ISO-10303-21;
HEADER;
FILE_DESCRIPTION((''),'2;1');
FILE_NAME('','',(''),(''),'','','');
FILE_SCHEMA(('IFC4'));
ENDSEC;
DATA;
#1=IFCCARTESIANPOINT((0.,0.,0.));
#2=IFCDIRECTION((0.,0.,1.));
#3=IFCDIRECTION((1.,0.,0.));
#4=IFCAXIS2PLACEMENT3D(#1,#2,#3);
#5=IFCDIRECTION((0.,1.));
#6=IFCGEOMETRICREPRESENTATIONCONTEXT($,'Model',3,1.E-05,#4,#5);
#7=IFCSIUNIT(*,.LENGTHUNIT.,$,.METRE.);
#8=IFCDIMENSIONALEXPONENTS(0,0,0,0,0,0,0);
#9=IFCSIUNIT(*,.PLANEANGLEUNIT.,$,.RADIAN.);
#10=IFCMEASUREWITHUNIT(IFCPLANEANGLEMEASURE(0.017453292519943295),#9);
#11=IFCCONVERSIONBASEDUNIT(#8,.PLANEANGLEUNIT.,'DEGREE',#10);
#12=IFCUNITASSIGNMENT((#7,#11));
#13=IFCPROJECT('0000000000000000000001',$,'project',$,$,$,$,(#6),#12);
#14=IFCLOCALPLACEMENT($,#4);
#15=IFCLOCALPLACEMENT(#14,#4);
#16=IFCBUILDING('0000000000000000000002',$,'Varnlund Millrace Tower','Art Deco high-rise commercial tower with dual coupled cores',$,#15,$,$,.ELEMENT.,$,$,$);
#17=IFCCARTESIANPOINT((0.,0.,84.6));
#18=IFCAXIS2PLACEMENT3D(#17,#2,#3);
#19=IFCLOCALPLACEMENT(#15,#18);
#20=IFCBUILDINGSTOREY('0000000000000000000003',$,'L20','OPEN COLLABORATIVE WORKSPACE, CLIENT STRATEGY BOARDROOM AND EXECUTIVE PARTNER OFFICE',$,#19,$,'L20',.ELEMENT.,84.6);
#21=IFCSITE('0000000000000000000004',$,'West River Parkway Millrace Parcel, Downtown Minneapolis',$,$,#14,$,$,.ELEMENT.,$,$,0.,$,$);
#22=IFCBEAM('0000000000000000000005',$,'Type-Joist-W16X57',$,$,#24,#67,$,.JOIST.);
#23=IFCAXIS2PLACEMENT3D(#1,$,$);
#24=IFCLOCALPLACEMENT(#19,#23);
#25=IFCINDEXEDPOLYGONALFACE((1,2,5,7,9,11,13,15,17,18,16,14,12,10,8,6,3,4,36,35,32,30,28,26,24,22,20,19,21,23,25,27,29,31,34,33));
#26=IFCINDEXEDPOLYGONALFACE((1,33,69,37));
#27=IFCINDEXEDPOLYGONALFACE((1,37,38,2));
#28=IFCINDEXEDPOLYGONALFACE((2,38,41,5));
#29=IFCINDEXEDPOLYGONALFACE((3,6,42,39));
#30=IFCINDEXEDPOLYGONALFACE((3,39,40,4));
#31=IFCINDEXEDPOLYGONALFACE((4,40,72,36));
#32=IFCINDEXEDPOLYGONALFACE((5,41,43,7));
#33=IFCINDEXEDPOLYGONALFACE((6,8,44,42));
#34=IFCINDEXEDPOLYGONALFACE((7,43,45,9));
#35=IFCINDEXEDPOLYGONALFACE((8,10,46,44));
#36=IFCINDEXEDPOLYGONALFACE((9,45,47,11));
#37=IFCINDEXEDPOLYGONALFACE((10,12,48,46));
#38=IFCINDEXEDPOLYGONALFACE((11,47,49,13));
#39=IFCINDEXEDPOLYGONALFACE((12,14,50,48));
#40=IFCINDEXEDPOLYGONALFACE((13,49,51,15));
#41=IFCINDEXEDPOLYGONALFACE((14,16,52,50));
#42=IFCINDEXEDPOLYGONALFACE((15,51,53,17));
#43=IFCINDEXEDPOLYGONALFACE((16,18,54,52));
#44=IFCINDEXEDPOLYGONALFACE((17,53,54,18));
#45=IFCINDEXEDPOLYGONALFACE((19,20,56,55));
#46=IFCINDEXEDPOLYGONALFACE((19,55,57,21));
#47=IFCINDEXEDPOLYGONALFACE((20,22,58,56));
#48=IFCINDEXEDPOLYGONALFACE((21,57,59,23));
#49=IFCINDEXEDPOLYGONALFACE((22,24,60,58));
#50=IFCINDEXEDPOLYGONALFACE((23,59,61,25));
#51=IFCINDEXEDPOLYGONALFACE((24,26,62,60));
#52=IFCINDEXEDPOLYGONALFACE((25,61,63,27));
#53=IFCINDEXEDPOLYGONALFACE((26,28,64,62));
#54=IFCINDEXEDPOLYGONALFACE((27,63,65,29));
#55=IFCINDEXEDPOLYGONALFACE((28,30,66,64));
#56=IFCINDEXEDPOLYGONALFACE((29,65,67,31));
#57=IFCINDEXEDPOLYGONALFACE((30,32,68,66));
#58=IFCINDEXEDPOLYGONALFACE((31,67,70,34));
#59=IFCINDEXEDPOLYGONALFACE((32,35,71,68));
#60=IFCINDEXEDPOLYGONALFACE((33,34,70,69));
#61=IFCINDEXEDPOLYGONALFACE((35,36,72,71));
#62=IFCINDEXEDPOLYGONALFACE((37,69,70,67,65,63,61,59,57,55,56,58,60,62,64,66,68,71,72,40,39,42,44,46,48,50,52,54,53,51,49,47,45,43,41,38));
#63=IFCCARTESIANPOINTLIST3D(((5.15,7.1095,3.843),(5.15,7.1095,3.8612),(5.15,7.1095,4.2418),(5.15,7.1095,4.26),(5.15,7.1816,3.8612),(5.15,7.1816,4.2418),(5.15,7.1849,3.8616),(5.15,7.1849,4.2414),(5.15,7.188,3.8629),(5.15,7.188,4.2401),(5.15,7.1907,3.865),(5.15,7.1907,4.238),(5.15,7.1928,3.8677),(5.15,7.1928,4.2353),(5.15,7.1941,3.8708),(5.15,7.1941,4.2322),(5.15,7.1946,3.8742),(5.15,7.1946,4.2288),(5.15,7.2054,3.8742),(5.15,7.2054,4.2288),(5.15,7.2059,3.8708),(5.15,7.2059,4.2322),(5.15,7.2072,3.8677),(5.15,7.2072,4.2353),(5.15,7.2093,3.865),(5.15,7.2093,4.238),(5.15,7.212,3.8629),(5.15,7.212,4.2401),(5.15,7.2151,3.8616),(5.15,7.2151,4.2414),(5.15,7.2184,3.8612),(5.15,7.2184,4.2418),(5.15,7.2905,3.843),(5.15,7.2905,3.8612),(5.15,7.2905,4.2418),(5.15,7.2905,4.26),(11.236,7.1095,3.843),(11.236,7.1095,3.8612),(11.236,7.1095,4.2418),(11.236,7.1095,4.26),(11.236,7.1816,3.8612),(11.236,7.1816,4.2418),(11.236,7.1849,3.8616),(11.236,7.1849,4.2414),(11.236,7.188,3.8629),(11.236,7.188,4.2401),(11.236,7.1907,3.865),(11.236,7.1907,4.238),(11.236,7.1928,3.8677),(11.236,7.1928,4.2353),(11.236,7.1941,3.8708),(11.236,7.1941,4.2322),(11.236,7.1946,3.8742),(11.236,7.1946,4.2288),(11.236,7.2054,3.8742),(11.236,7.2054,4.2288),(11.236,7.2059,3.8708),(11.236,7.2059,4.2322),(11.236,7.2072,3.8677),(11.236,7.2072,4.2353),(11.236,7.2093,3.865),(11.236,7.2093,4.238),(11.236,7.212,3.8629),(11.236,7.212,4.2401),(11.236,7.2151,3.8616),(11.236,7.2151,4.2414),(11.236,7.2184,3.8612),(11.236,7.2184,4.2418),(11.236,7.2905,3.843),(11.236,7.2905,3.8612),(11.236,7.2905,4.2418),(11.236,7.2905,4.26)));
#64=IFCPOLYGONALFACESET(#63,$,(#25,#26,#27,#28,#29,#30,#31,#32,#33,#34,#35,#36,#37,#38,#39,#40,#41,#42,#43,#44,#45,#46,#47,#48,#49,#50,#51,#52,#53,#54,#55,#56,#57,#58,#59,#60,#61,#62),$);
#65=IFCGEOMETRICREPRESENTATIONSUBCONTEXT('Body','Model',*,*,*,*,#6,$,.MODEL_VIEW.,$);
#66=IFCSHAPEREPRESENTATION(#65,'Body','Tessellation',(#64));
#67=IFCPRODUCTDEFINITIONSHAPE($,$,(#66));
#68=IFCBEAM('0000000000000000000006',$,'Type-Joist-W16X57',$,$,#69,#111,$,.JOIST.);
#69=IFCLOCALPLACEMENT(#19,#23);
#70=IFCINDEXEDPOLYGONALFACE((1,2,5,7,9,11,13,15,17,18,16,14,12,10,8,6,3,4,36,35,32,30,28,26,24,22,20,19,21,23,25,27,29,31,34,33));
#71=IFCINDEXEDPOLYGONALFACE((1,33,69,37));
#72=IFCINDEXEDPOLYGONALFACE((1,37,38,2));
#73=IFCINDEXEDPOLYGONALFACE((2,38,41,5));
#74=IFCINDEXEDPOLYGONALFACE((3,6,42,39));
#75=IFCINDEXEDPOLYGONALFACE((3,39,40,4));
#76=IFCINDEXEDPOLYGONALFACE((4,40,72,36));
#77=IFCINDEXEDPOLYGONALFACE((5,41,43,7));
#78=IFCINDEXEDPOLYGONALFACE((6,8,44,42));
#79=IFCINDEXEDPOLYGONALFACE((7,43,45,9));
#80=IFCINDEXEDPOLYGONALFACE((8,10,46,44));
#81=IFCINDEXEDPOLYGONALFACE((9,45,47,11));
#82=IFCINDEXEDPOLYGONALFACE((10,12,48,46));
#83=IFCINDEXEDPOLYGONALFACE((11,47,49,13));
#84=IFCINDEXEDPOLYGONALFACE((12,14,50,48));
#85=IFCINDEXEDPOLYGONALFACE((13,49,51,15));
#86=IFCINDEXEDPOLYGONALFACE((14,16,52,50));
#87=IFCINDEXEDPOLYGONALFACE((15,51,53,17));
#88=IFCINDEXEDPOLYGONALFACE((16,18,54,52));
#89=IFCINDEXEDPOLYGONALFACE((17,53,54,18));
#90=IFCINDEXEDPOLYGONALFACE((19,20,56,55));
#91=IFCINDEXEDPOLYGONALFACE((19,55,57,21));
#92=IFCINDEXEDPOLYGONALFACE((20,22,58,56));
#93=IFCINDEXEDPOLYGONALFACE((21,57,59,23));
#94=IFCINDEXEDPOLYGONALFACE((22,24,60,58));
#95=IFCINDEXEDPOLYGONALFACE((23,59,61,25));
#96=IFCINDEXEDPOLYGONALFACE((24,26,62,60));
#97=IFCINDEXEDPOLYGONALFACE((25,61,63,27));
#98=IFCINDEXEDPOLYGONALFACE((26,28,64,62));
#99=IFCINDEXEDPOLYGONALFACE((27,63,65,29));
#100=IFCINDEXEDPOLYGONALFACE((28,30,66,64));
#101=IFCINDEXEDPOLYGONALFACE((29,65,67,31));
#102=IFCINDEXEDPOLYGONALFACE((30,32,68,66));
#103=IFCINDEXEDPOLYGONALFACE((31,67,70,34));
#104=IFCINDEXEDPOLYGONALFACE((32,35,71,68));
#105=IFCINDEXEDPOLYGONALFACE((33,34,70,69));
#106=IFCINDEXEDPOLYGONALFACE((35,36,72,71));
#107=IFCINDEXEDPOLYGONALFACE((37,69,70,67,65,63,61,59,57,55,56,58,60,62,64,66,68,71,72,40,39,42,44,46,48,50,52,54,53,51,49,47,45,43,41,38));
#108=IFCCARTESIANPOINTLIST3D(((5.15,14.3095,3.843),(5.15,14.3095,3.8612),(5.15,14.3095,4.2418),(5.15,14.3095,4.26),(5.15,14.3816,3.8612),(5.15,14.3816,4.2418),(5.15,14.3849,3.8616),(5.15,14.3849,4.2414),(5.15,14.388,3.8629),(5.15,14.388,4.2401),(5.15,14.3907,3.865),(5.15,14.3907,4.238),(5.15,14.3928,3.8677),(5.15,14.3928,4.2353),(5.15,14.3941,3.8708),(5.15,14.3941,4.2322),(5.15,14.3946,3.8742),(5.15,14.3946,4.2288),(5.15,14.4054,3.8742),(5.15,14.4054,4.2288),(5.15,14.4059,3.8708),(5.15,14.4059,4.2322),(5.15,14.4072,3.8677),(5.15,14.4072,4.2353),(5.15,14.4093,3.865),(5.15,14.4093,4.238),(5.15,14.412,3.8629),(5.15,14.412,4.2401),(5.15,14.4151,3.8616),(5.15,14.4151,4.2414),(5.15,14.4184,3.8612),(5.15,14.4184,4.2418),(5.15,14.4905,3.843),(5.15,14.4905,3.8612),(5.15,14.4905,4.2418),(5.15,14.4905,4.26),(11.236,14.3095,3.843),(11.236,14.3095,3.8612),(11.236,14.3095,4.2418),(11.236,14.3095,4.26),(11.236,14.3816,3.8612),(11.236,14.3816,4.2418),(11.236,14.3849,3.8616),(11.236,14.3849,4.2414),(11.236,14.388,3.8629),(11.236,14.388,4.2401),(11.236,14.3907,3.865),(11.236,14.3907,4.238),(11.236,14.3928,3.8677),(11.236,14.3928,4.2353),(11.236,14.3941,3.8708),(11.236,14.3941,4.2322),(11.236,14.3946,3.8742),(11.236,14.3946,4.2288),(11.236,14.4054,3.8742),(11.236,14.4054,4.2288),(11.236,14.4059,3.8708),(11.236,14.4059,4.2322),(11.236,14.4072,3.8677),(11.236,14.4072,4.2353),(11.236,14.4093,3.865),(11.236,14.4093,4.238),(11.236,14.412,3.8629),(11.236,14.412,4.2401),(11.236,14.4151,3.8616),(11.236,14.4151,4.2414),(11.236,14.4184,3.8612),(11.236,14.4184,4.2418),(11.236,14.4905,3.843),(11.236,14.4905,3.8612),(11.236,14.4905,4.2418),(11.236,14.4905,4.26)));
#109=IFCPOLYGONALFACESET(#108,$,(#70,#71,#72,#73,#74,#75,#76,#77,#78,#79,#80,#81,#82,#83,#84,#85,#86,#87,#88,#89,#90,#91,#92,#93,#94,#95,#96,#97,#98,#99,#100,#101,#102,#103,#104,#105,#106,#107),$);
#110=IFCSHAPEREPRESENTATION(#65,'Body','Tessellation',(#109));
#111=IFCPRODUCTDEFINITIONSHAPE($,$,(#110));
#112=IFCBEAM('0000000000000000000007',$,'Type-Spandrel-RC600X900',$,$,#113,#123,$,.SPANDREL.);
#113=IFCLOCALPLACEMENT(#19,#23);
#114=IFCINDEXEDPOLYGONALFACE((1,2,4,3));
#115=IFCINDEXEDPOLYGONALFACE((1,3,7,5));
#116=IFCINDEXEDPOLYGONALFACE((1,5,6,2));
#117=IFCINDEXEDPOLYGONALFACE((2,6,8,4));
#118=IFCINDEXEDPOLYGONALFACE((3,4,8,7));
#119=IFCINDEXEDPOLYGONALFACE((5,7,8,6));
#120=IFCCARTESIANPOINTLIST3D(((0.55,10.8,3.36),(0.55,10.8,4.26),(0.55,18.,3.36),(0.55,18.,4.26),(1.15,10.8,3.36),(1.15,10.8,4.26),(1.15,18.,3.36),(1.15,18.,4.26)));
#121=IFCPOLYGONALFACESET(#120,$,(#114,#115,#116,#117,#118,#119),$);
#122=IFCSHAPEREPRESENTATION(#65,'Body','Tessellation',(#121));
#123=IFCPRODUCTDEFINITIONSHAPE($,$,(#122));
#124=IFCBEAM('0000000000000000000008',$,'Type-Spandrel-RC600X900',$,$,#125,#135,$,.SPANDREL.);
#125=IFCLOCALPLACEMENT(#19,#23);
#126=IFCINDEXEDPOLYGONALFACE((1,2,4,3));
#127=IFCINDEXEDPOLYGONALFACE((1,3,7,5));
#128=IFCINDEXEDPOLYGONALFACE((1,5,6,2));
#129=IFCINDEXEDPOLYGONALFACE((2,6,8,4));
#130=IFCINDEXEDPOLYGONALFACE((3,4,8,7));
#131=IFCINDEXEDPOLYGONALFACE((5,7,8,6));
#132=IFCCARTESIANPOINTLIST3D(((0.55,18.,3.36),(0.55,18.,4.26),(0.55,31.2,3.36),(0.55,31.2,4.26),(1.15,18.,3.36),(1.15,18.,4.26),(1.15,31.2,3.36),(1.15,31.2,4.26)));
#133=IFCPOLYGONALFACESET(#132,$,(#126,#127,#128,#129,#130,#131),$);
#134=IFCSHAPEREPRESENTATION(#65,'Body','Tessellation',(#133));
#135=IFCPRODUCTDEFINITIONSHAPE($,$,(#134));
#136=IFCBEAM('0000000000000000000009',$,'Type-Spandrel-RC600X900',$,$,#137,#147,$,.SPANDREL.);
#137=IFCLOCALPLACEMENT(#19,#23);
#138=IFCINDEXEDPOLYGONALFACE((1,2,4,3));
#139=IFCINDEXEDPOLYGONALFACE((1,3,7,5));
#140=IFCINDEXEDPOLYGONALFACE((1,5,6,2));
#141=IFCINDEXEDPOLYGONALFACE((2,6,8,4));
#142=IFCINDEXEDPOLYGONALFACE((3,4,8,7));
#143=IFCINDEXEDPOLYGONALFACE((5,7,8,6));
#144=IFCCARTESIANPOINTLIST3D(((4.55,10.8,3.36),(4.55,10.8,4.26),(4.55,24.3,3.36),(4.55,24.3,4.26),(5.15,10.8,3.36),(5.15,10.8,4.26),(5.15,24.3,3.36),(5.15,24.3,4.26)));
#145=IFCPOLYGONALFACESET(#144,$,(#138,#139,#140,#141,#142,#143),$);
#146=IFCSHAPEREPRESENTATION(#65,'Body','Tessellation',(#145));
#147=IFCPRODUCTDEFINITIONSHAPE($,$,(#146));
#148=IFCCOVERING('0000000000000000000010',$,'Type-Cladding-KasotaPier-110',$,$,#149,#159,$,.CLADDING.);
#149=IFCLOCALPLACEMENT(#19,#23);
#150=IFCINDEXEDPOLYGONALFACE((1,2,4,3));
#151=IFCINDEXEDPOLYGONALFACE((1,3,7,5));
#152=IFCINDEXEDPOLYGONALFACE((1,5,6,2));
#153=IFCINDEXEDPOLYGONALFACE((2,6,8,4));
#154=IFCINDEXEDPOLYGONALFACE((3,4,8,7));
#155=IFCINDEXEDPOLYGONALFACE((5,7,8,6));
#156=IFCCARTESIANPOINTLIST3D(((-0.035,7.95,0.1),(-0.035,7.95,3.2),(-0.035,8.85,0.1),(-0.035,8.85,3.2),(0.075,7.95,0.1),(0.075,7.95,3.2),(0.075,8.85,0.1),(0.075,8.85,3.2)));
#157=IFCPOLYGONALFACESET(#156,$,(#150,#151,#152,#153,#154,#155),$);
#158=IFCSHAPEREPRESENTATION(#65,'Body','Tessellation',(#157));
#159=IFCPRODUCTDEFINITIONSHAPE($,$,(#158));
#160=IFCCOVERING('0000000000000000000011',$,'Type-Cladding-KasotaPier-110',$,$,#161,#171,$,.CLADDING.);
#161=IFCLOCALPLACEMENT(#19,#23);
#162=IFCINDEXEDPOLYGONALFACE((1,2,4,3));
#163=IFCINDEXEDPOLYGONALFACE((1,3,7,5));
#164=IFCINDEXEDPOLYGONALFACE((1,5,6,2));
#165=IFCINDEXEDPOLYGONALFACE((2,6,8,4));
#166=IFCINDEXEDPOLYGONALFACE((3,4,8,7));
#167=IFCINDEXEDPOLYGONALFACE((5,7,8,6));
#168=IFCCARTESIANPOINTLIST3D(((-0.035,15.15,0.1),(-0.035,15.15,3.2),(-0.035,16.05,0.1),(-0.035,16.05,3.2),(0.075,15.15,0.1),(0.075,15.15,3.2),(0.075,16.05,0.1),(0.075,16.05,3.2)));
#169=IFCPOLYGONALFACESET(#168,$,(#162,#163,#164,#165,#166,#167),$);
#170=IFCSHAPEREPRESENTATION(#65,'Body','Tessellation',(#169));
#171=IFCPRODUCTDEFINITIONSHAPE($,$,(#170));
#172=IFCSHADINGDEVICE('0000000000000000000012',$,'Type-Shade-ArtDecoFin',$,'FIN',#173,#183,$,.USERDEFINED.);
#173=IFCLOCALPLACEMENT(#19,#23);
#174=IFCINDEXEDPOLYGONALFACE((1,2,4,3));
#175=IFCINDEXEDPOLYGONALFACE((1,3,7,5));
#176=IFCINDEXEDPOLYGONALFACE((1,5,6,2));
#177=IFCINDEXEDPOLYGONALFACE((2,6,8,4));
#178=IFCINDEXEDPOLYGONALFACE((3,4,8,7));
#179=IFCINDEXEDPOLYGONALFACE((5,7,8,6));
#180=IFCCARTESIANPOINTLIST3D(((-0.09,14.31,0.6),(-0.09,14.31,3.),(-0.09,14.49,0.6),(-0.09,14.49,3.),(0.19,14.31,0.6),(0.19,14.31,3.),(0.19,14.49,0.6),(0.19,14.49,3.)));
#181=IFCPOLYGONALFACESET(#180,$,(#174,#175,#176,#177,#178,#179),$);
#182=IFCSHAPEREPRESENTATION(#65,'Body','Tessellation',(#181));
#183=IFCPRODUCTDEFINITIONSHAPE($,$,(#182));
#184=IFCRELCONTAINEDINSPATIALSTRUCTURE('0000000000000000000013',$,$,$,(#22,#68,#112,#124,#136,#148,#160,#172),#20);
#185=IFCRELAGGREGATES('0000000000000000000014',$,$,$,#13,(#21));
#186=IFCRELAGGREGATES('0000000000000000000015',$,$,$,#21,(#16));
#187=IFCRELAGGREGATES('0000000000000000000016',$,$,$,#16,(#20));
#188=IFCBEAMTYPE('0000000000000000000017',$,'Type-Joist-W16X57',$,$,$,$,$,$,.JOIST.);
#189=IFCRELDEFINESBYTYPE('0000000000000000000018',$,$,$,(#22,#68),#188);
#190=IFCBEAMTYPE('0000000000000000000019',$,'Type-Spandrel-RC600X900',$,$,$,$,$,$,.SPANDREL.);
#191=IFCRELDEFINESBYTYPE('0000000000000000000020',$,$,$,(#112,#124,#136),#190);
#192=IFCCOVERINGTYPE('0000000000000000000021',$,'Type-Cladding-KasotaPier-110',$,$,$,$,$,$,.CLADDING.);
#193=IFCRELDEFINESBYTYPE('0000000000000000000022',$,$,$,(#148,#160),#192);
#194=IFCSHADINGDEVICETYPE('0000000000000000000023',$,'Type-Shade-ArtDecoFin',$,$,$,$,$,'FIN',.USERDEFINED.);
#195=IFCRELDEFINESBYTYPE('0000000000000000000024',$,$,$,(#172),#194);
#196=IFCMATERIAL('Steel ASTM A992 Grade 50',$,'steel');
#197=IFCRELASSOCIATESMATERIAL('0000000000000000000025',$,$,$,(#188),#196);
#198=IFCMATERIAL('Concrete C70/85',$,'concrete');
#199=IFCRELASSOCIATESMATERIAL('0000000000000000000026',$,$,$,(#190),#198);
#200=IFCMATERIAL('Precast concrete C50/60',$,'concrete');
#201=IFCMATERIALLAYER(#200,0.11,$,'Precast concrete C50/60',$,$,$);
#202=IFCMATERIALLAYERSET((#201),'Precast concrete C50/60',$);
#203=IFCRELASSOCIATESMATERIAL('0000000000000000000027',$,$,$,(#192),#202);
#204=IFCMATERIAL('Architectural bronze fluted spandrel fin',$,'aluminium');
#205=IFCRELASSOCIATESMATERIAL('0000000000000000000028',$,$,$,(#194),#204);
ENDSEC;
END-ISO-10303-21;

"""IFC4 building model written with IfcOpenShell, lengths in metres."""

from ifc_helpers import new_model, entity, si_unit, converted_unit, direction, frame, origin_with_axes, origin_2d_with_axis, place, context, subcontext, project, spatial, rectangle, i_section, extrude, material, layer, layer_set, material_profile, profile_set, type_object, element, save


model = new_model("IFC4")

# Units and contexts
model_context = context("Model", 3, precision=1e-05, world=origin_with_axes(), true_north=direction((0.0, 1.0)))
body_context = subcontext(model_context, "Body", "Model", "MODEL_VIEW")
ifc_project = project(units=[si_unit("LENGTHUNIT", "METRE"), converted_unit("PLANEANGLEUNIT", "DEGREE", entity("IfcPlaneAngleMeasure", 0.017453292519943295), si_unit("PLANEANGLEUNIT", "RADIAN"), dimensions=[0, 0, 0, 0, 0, 0, 0])], contexts=[model_context])

# Site, building, storey
site_placement = place(None, origin_with_axes())
site = spatial("IfcSite", under=ifc_project, at=site_placement, Name="West River Parkway Millrace Parcel, Downtown Minneapolis", CompositionType="ELEMENT", RefElevation=0.0)
building_placement = place(site_placement, origin_with_axes())
building = spatial("IfcBuilding", under=site, at=building_placement, Name="Varnlund Millrace Tower", Description="Art Deco high-rise commercial tower with dual coupled cores", CompositionType="ELEMENT")
storey_placement = place(building_placement, frame((0.0, 0.0, 84.6), z_axis=(0.0, 0.0, 1.0), x_axis=(1.0, 0.0, 0.0)))
storey = spatial("IfcBuildingStorey", under=building, at=storey_placement, Name="L20", Description="OPEN COLLABORATIVE WORKSPACE, CLIENT STRATEGY BOARDROOM AND EXECUTIVE PARTNER OFFICE", LongName="L20", CompositionType="ELEMENT", Elevation=84.6)

# Beams
ifc_material_1 = material(Name="Steel ASTM A992 Grade 50", Category="steel")
ifc_material_profile_1 = material_profile(ifc_material_1, i_section(OverallWidth=0.181, OverallDepth=0.417, WebThickness=0.0109, FlangeThickness=0.0182, FilletRadius=0.013, at=origin_2d_with_axis()), Name="Steel ASTM A992 Grade 50")
ifc_profile_set_1 = profile_set([ifc_material_profile_1], Name="Steel ASTM A992 Grade 50")
beam_type_1 = type_object("IfcBeamType", Name="Type-Joist-W16X57", PredefinedType="JOIST", material=ifc_profile_set_1)
for number, where, z_axis, x_axis, name in (
    (1, (5.15, 7.2, 4.0515), (1.0, 0.0, 0.0), (0.0, 1.0, 0.0), "Type-Joist-W16X57"),
    (2, (5.15, 14.4, 4.0515), (1.0, 0.0, 0.0), (0.0, 1.0, 0.0), "Type-Joist-W16X57"),
):
    element("IfcBeam", number, at=place(storey_placement, frame(where, z_axis=z_axis, x_axis=x_axis)), inside=storey, type_object=beam_type_1, Name=name, PredefinedType="JOIST", context=body_context, shape_type="SweptSolid", body=[
        extrude(i_section(OverallWidth=0.181, OverallDepth=0.417, WebThickness=0.0109, FlangeThickness=0.0182, FilletRadius=0.013, at=origin_2d_with_axis()), origin_with_axes(), (0.0, 0.0, 1.0), 6.086),
    ])
ifc_material_2 = material(Name="Concrete C70/85", Category="concrete")
ifc_material_profile_2 = material_profile(ifc_material_2, rectangle(XDim=0.6, YDim=0.9, at=origin_2d_with_axis()), Name="Concrete C70/85")
ifc_profile_set_2 = profile_set([ifc_material_profile_2], Name="Concrete C70/85")
beam_type_2 = type_object("IfcBeamType", Name="Type-Spandrel-RC600X900", PredefinedType="SPANDREL", material=ifc_profile_set_2)
beam_1_placement = place(storey_placement, frame((0.85, 10.8, 3.81), z_axis=(0.0, 1.0, 0.0), x_axis=(-1.0, 0.0, 0.0)))
element("IfcBeam", 3, at=beam_1_placement, inside=storey, type_object=beam_type_2, Name="Type-Spandrel-RC600X900", PredefinedType="SPANDREL", context=body_context, shape_type="SweptSolid", body=[
    extrude(rectangle(XDim=0.6, YDim=0.9, at=origin_2d_with_axis()), origin_with_axes(), (0.0, 0.0, 1.0), 7.2),
])
beam_2_placement = place(storey_placement, frame((0.85, 18.0, 3.81), z_axis=(0.0, 1.0, 0.0), x_axis=(-1.0, 0.0, 0.0)))
element("IfcBeam", 4, at=beam_2_placement, inside=storey, type_object=beam_type_2, Name="Type-Spandrel-RC600X900", PredefinedType="SPANDREL", context=body_context, shape_type="SweptSolid", body=[
    extrude(rectangle(XDim=0.6, YDim=0.9, at=origin_2d_with_axis()), origin_with_axes(), (0.0, 0.0, 1.0), 13.2),
])
beam_3_placement = place(storey_placement, frame((4.85, 10.8, 3.81), z_axis=(0.0, 1.0, 0.0), x_axis=(-1.0, 0.0, 0.0)))
element("IfcBeam", 5, at=beam_3_placement, inside=storey, type_object=beam_type_2, Name="Type-Spandrel-RC600X900", PredefinedType="SPANDREL", context=body_context, shape_type="SweptSolid", body=[
    extrude(rectangle(XDim=0.6, YDim=0.9, at=origin_2d_with_axis()), origin_with_axes(), (0.0, 0.0, 1.0), 13.5),
])

# Coverings
ifc_material_3 = material(Name="Precast concrete C50/60", Category="concrete")
ifc_layer = layer(ifc_material_3, 0.11, Name="Precast concrete C50/60")
ifc_layer_set = layer_set([ifc_layer], Name="Precast concrete C50/60")
covering_type = type_object("IfcCoveringType", Name="Type-Cladding-KasotaPier-110", PredefinedType="CLADDING", material=ifc_layer_set)
for number, where, z_axis, x_axis, name in (
    (6, (0.02, 8.4, 0.1), (0.0, 0.0, 1.0), (1.0, 0.0, 0.0), "Type-Cladding-KasotaPier-110"),
    (7, (0.02, 15.6, 0.1), (0.0, 0.0, 1.0), (1.0, 0.0, 0.0), "Type-Cladding-KasotaPier-110"),
):
    element("IfcCovering", number, at=place(storey_placement, frame(where, z_axis=z_axis, x_axis=x_axis)), inside=storey, type_object=covering_type, Name=name, PredefinedType="CLADDING", context=body_context, shape_type="SweptSolid", body=[
        extrude(rectangle(XDim=0.11, YDim=0.9, at=origin_2d_with_axis()), origin_with_axes(), (0.0, 0.0, 1.0), 3.1),
    ])

# Shading device
ifc_material_4 = material(Name="Architectural bronze fluted spandrel fin", Category="aluminium")
shading_device_type = type_object("IfcShadingDeviceType", Name="Type-Shade-ArtDecoFin", ElementType="FIN", PredefinedType="USERDEFINED", material=ifc_material_4)
shading_device_placement = place(storey_placement, frame((0.05, 14.4, 0.6), z_axis=(0.0, 0.0, 1.0), x_axis=(1.0, 0.0, 0.0)))
element("IfcShadingDevice", 8, at=shading_device_placement, inside=storey, type_object=shading_device_type, Name="Type-Shade-ArtDecoFin", ObjectType="FIN", PredefinedType="USERDEFINED", context=body_context, shape_type="SweptSolid", body=[
    extrude(rectangle(XDim=0.28, YDim=0.18, at=origin_2d_with_axis()), origin_with_axes(), (0.0, 0.0, 1.0), 2.4),
])

save(model, "model.ifc")
